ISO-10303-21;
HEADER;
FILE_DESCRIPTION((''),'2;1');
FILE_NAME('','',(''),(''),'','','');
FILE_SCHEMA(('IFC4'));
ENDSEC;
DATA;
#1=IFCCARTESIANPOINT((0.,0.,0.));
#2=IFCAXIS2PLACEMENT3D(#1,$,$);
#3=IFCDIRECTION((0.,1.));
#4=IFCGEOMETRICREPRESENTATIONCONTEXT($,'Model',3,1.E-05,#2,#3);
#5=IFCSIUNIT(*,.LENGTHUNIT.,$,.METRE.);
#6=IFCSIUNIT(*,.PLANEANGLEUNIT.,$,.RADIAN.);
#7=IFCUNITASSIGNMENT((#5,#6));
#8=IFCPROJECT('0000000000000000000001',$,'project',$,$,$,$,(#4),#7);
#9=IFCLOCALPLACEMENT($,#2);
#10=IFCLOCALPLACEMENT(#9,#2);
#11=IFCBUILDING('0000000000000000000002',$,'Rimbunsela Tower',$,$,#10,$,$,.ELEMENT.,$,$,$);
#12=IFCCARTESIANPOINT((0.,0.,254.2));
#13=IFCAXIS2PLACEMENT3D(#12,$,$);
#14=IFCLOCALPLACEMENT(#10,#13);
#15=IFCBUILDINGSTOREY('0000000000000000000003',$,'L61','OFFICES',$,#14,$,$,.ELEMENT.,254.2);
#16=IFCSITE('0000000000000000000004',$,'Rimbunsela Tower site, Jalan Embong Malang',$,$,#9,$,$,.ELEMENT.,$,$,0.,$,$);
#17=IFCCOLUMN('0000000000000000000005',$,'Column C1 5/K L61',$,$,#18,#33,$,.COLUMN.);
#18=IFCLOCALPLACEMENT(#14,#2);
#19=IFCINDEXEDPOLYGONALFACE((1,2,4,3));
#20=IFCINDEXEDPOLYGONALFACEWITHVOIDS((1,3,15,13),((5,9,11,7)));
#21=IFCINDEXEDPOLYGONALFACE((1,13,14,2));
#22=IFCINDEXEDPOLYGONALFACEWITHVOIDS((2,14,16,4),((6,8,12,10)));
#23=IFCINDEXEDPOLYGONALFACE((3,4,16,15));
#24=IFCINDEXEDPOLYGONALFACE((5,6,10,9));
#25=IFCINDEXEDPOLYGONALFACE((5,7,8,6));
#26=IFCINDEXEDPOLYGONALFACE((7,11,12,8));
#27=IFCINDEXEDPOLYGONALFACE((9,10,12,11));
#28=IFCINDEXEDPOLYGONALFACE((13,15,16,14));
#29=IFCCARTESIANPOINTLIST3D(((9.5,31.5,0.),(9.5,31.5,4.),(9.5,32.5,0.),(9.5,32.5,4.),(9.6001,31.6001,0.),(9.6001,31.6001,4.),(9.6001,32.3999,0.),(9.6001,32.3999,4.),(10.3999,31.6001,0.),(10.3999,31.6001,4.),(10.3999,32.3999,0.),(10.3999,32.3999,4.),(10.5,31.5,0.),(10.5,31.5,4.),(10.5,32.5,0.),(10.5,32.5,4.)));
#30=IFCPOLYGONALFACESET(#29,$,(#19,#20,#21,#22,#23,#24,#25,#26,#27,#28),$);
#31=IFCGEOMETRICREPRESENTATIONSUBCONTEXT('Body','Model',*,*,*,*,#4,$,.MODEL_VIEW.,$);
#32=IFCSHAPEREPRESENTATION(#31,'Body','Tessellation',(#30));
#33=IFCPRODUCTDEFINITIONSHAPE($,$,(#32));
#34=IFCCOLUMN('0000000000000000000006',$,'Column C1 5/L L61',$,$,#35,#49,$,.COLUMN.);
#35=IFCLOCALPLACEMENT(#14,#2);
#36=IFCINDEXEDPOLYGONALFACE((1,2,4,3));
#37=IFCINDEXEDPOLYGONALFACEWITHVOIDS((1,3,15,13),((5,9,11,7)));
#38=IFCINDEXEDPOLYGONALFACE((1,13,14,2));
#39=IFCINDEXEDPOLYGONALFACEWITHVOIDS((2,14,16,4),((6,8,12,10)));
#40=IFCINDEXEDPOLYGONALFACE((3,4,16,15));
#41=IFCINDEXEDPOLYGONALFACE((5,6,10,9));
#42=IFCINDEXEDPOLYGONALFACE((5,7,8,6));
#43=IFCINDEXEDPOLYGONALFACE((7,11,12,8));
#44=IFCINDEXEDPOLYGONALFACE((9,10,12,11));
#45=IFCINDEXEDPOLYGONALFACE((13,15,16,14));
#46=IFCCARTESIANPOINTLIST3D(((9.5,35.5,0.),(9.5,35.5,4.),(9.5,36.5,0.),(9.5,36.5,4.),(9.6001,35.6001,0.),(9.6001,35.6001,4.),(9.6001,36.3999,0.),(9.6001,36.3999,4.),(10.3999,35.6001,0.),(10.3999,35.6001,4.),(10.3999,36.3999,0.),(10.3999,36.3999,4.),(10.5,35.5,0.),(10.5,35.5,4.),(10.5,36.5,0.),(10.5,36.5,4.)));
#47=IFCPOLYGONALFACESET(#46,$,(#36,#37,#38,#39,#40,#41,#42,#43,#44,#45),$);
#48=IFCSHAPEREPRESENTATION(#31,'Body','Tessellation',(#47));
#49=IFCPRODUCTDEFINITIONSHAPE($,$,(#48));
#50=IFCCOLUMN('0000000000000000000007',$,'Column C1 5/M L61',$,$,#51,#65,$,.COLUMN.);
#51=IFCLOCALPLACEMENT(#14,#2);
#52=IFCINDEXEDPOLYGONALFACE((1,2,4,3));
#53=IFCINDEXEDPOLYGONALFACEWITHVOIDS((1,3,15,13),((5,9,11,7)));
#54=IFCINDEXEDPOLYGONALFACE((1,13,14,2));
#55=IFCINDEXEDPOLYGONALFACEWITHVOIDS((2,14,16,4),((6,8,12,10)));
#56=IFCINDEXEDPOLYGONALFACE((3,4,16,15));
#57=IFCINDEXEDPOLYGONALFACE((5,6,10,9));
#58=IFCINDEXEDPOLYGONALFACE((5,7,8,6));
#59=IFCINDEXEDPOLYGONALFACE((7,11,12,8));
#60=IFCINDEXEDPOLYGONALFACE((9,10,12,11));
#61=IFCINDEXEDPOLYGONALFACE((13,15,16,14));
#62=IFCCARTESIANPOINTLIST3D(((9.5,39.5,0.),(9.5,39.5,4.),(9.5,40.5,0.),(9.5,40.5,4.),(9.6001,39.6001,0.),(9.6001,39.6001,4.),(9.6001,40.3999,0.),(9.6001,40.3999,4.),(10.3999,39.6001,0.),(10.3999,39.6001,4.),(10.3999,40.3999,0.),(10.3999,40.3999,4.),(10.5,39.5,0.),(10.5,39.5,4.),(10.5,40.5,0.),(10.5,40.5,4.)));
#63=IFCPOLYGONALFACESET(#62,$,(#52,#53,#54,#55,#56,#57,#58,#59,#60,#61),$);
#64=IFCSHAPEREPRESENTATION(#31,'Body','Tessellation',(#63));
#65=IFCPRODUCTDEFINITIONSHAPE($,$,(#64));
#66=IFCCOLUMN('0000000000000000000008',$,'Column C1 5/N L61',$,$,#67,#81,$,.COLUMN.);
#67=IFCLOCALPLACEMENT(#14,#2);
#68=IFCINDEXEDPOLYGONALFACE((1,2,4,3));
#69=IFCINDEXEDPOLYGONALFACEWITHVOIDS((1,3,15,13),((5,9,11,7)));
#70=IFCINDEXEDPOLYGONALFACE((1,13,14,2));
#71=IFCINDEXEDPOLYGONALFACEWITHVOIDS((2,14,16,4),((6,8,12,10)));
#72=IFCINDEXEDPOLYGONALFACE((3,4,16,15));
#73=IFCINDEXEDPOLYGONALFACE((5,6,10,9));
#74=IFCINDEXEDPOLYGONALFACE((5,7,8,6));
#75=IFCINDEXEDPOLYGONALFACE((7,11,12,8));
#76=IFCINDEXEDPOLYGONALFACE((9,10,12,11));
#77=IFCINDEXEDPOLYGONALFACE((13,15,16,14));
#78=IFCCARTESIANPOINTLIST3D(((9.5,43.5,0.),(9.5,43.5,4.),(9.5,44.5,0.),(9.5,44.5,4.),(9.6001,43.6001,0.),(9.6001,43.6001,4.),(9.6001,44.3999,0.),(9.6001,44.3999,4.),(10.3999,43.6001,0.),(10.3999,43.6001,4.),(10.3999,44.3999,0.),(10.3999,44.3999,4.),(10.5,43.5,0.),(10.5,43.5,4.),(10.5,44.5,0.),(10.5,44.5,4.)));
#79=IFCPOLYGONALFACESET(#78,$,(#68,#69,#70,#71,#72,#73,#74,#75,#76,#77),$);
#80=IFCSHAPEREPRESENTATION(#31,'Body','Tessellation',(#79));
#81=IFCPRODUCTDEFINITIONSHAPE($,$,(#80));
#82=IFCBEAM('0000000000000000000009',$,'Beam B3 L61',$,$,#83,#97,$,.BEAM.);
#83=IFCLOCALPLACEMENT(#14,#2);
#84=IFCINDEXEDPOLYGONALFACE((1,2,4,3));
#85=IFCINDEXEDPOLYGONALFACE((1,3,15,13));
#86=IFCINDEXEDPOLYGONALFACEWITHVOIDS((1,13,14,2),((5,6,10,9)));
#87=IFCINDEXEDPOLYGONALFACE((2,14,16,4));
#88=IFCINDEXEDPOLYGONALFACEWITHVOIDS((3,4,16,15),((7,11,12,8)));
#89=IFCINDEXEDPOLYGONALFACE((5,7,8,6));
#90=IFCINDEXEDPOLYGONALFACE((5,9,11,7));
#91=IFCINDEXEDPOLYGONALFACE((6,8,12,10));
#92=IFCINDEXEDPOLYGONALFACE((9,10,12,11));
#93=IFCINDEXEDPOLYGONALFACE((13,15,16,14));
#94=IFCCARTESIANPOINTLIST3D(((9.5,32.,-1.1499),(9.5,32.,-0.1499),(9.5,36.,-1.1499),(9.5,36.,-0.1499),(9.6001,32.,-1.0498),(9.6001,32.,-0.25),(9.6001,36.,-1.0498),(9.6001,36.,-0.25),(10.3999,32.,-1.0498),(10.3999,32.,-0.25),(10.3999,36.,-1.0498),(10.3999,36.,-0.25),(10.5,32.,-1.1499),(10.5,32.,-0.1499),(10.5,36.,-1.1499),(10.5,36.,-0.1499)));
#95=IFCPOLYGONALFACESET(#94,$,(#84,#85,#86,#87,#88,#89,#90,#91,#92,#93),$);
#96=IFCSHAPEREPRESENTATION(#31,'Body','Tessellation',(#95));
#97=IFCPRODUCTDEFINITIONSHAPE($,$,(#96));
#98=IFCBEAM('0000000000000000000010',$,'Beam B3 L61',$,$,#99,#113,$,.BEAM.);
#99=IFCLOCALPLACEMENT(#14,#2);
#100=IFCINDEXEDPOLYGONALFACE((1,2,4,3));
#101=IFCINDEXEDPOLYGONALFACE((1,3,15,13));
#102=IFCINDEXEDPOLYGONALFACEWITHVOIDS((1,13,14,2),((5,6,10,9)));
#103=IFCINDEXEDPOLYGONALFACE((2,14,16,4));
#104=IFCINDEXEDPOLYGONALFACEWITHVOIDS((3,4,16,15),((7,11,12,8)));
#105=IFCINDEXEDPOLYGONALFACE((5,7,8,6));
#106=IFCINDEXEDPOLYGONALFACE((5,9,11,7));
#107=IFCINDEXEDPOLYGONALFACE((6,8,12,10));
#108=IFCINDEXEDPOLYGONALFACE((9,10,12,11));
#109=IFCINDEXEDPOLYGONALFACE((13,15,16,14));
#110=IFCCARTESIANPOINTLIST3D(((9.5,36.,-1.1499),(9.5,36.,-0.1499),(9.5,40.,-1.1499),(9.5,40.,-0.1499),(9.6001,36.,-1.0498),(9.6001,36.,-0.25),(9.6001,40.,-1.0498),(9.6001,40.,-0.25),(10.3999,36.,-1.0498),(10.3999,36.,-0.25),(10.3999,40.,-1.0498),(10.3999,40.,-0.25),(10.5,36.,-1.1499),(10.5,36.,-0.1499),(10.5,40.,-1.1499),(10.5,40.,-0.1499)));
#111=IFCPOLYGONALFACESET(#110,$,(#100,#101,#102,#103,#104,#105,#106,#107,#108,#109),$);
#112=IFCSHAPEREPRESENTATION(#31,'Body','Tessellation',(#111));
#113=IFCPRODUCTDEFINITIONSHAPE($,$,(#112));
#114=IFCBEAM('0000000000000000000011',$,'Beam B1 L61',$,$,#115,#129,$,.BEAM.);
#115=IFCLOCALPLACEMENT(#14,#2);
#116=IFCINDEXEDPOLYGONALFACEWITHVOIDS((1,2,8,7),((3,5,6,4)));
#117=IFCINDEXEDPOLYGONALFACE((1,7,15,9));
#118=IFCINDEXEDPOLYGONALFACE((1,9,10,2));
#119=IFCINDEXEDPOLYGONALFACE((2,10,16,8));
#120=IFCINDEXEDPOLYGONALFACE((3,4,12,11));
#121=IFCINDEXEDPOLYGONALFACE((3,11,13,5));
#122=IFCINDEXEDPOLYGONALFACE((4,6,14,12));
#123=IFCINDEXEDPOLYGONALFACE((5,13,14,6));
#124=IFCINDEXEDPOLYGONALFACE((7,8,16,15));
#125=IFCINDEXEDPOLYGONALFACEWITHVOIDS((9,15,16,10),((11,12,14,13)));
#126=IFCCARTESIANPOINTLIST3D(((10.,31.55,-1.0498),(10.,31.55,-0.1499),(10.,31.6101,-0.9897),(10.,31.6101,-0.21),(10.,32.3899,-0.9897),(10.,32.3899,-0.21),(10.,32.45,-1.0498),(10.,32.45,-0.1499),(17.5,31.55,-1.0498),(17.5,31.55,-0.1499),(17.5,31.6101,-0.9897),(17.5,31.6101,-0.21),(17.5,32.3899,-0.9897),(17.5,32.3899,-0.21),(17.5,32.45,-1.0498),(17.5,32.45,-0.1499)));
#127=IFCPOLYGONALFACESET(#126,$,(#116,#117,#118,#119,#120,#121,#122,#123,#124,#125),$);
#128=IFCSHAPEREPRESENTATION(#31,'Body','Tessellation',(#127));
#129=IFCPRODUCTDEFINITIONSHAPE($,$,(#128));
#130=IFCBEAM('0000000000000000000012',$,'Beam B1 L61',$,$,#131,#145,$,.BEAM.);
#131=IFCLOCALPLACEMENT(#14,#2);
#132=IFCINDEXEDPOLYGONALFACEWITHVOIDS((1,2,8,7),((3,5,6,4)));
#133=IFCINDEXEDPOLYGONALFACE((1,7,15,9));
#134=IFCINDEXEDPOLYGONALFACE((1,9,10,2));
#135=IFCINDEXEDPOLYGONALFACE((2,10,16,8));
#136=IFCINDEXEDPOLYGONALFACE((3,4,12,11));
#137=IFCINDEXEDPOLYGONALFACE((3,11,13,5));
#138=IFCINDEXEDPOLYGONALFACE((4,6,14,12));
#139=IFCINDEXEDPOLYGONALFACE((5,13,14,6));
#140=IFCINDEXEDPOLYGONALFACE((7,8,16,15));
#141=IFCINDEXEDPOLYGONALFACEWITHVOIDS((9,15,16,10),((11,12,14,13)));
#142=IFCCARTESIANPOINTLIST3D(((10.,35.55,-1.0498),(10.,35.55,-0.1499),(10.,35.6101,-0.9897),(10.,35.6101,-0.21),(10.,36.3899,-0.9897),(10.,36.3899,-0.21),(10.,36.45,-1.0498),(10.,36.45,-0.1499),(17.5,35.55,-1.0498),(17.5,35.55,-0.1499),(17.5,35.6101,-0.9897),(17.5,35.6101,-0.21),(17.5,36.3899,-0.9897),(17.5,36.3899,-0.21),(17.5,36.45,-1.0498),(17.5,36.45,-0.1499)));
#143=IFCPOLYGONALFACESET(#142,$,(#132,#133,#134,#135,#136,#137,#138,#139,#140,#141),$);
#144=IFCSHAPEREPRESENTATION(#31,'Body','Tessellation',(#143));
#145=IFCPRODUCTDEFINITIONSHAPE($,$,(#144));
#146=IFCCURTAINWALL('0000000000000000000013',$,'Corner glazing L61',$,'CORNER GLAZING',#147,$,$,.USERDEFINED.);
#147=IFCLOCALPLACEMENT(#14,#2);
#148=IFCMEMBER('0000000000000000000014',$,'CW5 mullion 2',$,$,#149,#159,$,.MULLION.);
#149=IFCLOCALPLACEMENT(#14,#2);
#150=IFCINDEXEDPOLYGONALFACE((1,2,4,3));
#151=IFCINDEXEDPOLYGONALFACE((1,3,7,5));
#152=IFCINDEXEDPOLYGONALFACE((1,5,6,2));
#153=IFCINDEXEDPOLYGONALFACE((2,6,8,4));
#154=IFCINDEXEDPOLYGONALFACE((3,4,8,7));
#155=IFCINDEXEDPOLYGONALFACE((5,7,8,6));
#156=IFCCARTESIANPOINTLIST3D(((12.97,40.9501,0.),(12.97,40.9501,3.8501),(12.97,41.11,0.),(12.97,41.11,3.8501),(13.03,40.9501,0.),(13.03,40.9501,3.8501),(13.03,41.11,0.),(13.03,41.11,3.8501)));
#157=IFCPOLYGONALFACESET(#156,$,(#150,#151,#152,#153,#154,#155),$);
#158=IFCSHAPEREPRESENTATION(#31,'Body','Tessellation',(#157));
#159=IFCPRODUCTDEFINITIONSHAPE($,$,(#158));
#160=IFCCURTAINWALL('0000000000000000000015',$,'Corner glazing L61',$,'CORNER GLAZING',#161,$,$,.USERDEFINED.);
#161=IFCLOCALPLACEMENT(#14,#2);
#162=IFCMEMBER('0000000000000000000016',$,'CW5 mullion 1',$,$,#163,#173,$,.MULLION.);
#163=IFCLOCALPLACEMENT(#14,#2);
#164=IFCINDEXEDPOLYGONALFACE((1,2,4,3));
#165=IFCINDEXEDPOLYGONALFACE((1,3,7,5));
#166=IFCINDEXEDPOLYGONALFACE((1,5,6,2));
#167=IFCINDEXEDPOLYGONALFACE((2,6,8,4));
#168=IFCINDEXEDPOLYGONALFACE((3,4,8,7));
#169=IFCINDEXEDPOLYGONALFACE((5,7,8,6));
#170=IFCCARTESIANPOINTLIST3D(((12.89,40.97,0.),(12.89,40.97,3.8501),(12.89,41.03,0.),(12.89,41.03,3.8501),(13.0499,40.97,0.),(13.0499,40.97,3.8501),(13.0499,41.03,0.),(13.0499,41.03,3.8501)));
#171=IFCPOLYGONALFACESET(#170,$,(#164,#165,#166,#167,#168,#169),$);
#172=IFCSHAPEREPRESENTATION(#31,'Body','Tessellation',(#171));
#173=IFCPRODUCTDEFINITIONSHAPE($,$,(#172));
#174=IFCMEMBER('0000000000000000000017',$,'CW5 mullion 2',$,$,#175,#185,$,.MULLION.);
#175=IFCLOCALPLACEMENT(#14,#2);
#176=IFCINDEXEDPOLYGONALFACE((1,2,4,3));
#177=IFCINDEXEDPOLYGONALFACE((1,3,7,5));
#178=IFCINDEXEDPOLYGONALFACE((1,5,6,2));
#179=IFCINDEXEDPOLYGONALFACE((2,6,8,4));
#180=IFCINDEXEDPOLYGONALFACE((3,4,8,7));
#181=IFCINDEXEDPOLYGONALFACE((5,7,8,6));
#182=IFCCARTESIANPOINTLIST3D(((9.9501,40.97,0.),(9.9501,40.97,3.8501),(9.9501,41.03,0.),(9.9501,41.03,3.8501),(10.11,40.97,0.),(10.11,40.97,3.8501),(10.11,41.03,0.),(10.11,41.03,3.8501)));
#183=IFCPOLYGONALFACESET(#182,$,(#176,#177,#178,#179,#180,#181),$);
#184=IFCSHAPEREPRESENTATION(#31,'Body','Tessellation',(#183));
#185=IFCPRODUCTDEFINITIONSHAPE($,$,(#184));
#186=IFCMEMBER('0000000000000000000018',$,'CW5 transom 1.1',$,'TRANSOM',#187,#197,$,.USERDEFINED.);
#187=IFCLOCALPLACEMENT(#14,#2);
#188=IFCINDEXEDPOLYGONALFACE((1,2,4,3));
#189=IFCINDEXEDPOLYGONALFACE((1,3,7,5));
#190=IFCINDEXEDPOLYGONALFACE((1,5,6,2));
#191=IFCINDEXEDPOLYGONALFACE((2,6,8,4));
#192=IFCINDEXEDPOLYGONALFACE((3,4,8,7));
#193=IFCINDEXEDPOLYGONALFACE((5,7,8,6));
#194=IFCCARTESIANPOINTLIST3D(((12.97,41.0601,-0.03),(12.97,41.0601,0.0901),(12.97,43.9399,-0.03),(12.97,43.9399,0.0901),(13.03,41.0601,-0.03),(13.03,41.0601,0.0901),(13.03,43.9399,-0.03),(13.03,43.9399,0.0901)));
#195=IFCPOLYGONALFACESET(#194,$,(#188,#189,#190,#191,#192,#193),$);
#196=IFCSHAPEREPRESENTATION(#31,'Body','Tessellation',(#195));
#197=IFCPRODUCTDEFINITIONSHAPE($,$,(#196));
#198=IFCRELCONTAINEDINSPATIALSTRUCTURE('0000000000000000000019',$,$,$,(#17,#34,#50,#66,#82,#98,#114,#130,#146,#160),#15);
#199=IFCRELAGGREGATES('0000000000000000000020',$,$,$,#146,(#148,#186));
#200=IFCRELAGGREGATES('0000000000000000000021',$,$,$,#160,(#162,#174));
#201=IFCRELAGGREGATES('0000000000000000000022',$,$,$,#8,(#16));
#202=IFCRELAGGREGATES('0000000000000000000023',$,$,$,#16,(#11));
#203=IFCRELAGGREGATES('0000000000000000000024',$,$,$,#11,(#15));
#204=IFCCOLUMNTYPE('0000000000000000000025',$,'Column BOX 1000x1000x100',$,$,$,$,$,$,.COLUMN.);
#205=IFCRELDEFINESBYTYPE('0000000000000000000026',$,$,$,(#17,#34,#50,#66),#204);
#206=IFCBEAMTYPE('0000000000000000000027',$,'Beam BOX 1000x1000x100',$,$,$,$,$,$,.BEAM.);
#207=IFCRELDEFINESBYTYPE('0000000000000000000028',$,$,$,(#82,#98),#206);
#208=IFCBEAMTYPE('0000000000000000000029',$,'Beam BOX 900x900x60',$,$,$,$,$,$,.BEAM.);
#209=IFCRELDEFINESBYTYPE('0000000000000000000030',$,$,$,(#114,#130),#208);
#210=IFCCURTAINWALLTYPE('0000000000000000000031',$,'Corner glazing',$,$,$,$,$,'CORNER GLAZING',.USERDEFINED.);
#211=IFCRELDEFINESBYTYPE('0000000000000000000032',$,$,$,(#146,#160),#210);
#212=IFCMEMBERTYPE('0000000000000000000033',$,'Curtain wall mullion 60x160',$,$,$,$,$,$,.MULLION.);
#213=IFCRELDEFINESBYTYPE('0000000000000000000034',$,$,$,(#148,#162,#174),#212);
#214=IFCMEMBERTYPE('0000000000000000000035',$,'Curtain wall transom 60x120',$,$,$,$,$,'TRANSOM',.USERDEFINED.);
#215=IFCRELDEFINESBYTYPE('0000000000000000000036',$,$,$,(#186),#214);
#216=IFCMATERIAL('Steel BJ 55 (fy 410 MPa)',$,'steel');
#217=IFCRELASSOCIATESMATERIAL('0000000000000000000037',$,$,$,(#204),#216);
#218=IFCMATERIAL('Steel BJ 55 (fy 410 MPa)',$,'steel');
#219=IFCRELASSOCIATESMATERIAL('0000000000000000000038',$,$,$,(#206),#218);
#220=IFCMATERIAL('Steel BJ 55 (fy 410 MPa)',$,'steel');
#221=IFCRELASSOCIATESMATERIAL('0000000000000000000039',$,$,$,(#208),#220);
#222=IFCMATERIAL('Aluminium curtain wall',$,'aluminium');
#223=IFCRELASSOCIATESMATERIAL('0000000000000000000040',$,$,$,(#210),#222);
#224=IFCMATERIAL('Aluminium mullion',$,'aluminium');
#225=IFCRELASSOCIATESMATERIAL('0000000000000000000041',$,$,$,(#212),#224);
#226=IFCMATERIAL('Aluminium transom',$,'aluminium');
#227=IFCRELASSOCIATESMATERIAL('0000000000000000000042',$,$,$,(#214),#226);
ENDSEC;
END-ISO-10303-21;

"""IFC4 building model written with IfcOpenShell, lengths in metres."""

from ifc_helpers import new_model, si_unit, direction, frame, origin, origin_2d, place, context, subcontext, project, spatial, rectangle, hollow_rectangle, extrude, material, material_profile, profile_set, type_object, element, aggregate, save


model = new_model("IFC4")

# Units and contexts
model_context = context("Model", 3, precision=1e-05, world=origin(), true_north=direction((0.0, 1.0)))
body_context = subcontext(model_context, "Body", "Model", "MODEL_VIEW")
ifc_project = project(units=[si_unit("LENGTHUNIT", "METRE"), si_unit("PLANEANGLEUNIT", "RADIAN")], contexts=[model_context])

# Site, building, storey
site_placement = place(None, origin())
site = spatial("IfcSite", under=ifc_project, at=site_placement, Name="Rimbunsela Tower site, Jalan Embong Malang", CompositionType="ELEMENT", RefElevation=0.0)
building_placement = place(site_placement, origin())
building = spatial("IfcBuilding", under=site, at=building_placement, Name="Rimbunsela Tower", CompositionType="ELEMENT")
storey_placement = place(building_placement, frame((0.0, 0.0, 254.2)))
storey = spatial("IfcBuildingStorey", under=building, at=storey_placement, Name="L61", Description="OFFICES", CompositionType="ELEMENT", Elevation=254.2)

# Columns
ifc_material_1 = material(Name="Steel BJ 55 (fy 410 MPa)", Category="steel")
ifc_material_profile_1 = material_profile(ifc_material_1, hollow_rectangle(XDim=1.0, YDim=1.0, WallThickness=0.1001, at=origin_2d()), Name="BOX 1000x1000x100")
ifc_profile_set_1 = profile_set([ifc_material_profile_1], Name="Steel BJ 55 (fy 410 MPa)")
column_type = type_object("IfcColumnType", Name="Column BOX 1000x1000x100", PredefinedType="COLUMN", material=ifc_profile_set_1)
for number, where, z_axis, x_axis, name in (
    (1, (10.0, 32.0, 0.0), (0.0, 0.0, 1.0), (1.0, 0.0, 0.0), "Column C1 5/K L61"),
    (2, (10.0, 36.0, 0.0), (0.0, 0.0, 1.0), (1.0, 0.0, 0.0), "Column C1 5/L L61"),
    (3, (10.0, 40.0, 0.0), (0.0, 0.0, 1.0), (1.0, 0.0, 0.0), "Column C1 5/M L61"),
    (4, (10.0, 44.0, 0.0), (0.0, 0.0, 1.0), (1.0, 0.0, 0.0), "Column C1 5/N L61"),
):
    element("IfcColumn", number, at=place(storey_placement, frame(where, z_axis=z_axis, x_axis=x_axis)), inside=storey, type_object=column_type, Name=name, PredefinedType="COLUMN", context=body_context, shape_type="SweptSolid", body=[
        extrude(hollow_rectangle(XDim=1.0, YDim=1.0, WallThickness=0.1001, at=origin_2d()), origin(), (0.0, 0.0, 1.0), 4.0),
    ])

# Beams
ifc_material_2 = material(Name="Steel BJ 55 (fy 410 MPa)", Category="steel")
ifc_material_profile_2 = material_profile(ifc_material_2, hollow_rectangle(XDim=1.0, YDim=1.0, WallThickness=0.1001, at=origin_2d()), Name="BOX 1000x1000x100")
ifc_profile_set_2 = profile_set([ifc_material_profile_2], Name="Steel BJ 55 (fy 410 MPa)")
beam_type_1 = type_object("IfcBeamType", Name="Beam BOX 1000x1000x100", PredefinedType="BEAM", material=ifc_profile_set_2)
for number, where, z_axis, x_axis, name in (
    (5, (10.0, 32.0, -0.6499), (0.0, 1.0, 0.0), (-1.0, 0.0, 0.0), "Beam B3 L61"),
    (6, (10.0, 36.0, -0.6499), (0.0, 1.0, 0.0), (-1.0, 0.0, 0.0), "Beam B3 L61"),
):
    element("IfcBeam", number, at=place(storey_placement, frame(where, z_axis=z_axis, x_axis=x_axis)), inside=storey, type_object=beam_type_1, Name=name, PredefinedType="BEAM", context=body_context, shape_type="SweptSolid", body=[
        extrude(hollow_rectangle(XDim=1.0, YDim=1.0, WallThickness=0.1001, at=origin_2d()), origin(), (0.0, 0.0, 1.0), 4.0),
    ])
ifc_material_3 = material(Name="Steel BJ 55 (fy 410 MPa)", Category="steel")
ifc_material_profile_3 = material_profile(ifc_material_3, hollow_rectangle(XDim=0.8999, YDim=0.8999, WallThickness=0.0601, at=origin_2d()), Name="BOX 900x900x60")
ifc_profile_set_3 = profile_set([ifc_material_profile_3], Name="Steel BJ 55 (fy 410 MPa)")
beam_type_2 = type_object("IfcBeamType", Name="Beam BOX 900x900x60", PredefinedType="BEAM", material=ifc_profile_set_3)
for number, where, z_axis, x_axis, name in (
    (7, (10.0, 32.0, -0.5999), (1.0, 0.0, 0.0), (0.0, 1.0, 0.0), "Beam B1 L61"),
    (8, (10.0, 36.0, -0.5999), (1.0, 0.0, 0.0), (0.0, 1.0, 0.0), "Beam B1 L61"),
):
    element("IfcBeam", number, at=place(storey_placement, frame(where, z_axis=z_axis, x_axis=x_axis)), inside=storey, type_object=beam_type_2, Name=name, PredefinedType="BEAM", context=body_context, shape_type="SweptSolid", body=[
        extrude(hollow_rectangle(XDim=0.8999, YDim=0.8999, WallThickness=0.0601, at=origin_2d()), origin(), (0.0, 0.0, 1.0), 7.5),
    ])

# Curtain wall, member
ifc_material_4 = material(Name="Aluminium curtain wall", Category="aluminium")
curtain_wall_type = type_object("IfcCurtainWallType", Name="Corner glazing", ElementType="CORNER GLAZING", PredefinedType="USERDEFINED", material=ifc_material_4)
curtain_wall_1_placement = place(storey_placement, origin())
curtain_wall_1 = element("IfcCurtainWall", 9, at=curtain_wall_1_placement, inside=storey, type_object=curtain_wall_type, Name="Corner glazing L61", ObjectType="CORNER GLAZING", PredefinedType="USERDEFINED")
ifc_material_5 = material(Name="Aluminium mullion", Category="aluminium")
ifc_material_profile_4 = material_profile(ifc_material_5, rectangle(XDim=0.0601, YDim=0.1599, at=origin_2d()), Name="Mullion 60x160")
ifc_profile_set_4 = profile_set([ifc_material_profile_4], Name="Aluminium mullion")
member_type_1 = type_object("IfcMemberType", Name="Curtain wall mullion 60x160", PredefinedType="MULLION", material=ifc_profile_set_4)
member_1_placement = place(storey_placement, frame((13.0, 41.03, 0.0), z_axis=(0.0, 0.0, 1.0), x_axis=(1.0, 0.0, 0.0)))
member_1 = element("IfcMember", 10, at=member_1_placement, type_object=member_type_1, Name="CW5 mullion 2", PredefinedType="MULLION", context=body_context, shape_type="SweptSolid", body=[
    extrude(rectangle(XDim=0.0601, YDim=0.1599, at=origin_2d()), origin(), (0.0, 0.0, 1.0), 3.8501),
])

# Curtain wall, members
curtain_wall_2_placement = place(storey_placement, origin())
curtain_wall_2 = element("IfcCurtainWall", 11, at=curtain_wall_2_placement, inside=storey, type_object=curtain_wall_type, Name="Corner glazing L61", ObjectType="CORNER GLAZING", PredefinedType="USERDEFINED")
member_2_placement = place(storey_placement, frame((12.97, 41.0, 0.0), z_axis=(0.0, 0.0, 1.0), x_axis=(0.0, -1.0, 0.0)))
member_2 = element("IfcMember", 12, at=member_2_placement, type_object=member_type_1, Name="CW5 mullion 1", PredefinedType="MULLION", context=body_context, shape_type="SweptSolid", body=[
    extrude(rectangle(XDim=0.0601, YDim=0.1599, at=origin_2d()), origin(), (0.0, 0.0, 1.0), 3.8501),
])
member_3_placement = place(storey_placement, frame((10.03, 41.0, 0.0), z_axis=(0.0, 0.0, 1.0), x_axis=(0.0, -1.0, 0.0)))
member_3 = element("IfcMember", 13, at=member_3_placement, type_object=member_type_1, Name="CW5 mullion 2", PredefinedType="MULLION", context=body_context, shape_type="SweptSolid", body=[
    extrude(rectangle(XDim=0.0601, YDim=0.1599, at=origin_2d()), origin(), (0.0, 0.0, 1.0), 3.8501),
])

# Member
ifc_material_6 = material(Name="Aluminium transom", Category="aluminium")
ifc_material_profile_5 = material_profile(ifc_material_6, rectangle(XDim=0.0601, YDim=0.1201, at=origin_2d()), Name="Transom 60x120")
ifc_profile_set_5 = profile_set([ifc_material_profile_5], Name="Aluminium transom")
member_type_2 = type_object("IfcMemberType", Name="Curtain wall transom 60x120", ElementType="TRANSOM", PredefinedType="USERDEFINED", material=ifc_profile_set_5)
member_4_placement = place(storey_placement, frame((13.0, 43.9399, 0.03), z_axis=(0.0, -1.0, 0.0), x_axis=(1.0, 0.0, 0.0)))
member_4 = element("IfcMember", 14, at=member_4_placement, type_object=member_type_2, Name="CW5 transom 1.1", ObjectType="TRANSOM", PredefinedType="USERDEFINED", context=body_context, shape_type="SweptSolid", body=[
    extrude(rectangle(XDim=0.0601, YDim=0.1201, at=origin_2d()), origin(), (0.0, 0.0, 1.0), 2.8799),
])

aggregate(curtain_wall_1, [member_1, member_4])
aggregate(curtain_wall_2, [member_2, member_3])

save(model, "model.ifc")
